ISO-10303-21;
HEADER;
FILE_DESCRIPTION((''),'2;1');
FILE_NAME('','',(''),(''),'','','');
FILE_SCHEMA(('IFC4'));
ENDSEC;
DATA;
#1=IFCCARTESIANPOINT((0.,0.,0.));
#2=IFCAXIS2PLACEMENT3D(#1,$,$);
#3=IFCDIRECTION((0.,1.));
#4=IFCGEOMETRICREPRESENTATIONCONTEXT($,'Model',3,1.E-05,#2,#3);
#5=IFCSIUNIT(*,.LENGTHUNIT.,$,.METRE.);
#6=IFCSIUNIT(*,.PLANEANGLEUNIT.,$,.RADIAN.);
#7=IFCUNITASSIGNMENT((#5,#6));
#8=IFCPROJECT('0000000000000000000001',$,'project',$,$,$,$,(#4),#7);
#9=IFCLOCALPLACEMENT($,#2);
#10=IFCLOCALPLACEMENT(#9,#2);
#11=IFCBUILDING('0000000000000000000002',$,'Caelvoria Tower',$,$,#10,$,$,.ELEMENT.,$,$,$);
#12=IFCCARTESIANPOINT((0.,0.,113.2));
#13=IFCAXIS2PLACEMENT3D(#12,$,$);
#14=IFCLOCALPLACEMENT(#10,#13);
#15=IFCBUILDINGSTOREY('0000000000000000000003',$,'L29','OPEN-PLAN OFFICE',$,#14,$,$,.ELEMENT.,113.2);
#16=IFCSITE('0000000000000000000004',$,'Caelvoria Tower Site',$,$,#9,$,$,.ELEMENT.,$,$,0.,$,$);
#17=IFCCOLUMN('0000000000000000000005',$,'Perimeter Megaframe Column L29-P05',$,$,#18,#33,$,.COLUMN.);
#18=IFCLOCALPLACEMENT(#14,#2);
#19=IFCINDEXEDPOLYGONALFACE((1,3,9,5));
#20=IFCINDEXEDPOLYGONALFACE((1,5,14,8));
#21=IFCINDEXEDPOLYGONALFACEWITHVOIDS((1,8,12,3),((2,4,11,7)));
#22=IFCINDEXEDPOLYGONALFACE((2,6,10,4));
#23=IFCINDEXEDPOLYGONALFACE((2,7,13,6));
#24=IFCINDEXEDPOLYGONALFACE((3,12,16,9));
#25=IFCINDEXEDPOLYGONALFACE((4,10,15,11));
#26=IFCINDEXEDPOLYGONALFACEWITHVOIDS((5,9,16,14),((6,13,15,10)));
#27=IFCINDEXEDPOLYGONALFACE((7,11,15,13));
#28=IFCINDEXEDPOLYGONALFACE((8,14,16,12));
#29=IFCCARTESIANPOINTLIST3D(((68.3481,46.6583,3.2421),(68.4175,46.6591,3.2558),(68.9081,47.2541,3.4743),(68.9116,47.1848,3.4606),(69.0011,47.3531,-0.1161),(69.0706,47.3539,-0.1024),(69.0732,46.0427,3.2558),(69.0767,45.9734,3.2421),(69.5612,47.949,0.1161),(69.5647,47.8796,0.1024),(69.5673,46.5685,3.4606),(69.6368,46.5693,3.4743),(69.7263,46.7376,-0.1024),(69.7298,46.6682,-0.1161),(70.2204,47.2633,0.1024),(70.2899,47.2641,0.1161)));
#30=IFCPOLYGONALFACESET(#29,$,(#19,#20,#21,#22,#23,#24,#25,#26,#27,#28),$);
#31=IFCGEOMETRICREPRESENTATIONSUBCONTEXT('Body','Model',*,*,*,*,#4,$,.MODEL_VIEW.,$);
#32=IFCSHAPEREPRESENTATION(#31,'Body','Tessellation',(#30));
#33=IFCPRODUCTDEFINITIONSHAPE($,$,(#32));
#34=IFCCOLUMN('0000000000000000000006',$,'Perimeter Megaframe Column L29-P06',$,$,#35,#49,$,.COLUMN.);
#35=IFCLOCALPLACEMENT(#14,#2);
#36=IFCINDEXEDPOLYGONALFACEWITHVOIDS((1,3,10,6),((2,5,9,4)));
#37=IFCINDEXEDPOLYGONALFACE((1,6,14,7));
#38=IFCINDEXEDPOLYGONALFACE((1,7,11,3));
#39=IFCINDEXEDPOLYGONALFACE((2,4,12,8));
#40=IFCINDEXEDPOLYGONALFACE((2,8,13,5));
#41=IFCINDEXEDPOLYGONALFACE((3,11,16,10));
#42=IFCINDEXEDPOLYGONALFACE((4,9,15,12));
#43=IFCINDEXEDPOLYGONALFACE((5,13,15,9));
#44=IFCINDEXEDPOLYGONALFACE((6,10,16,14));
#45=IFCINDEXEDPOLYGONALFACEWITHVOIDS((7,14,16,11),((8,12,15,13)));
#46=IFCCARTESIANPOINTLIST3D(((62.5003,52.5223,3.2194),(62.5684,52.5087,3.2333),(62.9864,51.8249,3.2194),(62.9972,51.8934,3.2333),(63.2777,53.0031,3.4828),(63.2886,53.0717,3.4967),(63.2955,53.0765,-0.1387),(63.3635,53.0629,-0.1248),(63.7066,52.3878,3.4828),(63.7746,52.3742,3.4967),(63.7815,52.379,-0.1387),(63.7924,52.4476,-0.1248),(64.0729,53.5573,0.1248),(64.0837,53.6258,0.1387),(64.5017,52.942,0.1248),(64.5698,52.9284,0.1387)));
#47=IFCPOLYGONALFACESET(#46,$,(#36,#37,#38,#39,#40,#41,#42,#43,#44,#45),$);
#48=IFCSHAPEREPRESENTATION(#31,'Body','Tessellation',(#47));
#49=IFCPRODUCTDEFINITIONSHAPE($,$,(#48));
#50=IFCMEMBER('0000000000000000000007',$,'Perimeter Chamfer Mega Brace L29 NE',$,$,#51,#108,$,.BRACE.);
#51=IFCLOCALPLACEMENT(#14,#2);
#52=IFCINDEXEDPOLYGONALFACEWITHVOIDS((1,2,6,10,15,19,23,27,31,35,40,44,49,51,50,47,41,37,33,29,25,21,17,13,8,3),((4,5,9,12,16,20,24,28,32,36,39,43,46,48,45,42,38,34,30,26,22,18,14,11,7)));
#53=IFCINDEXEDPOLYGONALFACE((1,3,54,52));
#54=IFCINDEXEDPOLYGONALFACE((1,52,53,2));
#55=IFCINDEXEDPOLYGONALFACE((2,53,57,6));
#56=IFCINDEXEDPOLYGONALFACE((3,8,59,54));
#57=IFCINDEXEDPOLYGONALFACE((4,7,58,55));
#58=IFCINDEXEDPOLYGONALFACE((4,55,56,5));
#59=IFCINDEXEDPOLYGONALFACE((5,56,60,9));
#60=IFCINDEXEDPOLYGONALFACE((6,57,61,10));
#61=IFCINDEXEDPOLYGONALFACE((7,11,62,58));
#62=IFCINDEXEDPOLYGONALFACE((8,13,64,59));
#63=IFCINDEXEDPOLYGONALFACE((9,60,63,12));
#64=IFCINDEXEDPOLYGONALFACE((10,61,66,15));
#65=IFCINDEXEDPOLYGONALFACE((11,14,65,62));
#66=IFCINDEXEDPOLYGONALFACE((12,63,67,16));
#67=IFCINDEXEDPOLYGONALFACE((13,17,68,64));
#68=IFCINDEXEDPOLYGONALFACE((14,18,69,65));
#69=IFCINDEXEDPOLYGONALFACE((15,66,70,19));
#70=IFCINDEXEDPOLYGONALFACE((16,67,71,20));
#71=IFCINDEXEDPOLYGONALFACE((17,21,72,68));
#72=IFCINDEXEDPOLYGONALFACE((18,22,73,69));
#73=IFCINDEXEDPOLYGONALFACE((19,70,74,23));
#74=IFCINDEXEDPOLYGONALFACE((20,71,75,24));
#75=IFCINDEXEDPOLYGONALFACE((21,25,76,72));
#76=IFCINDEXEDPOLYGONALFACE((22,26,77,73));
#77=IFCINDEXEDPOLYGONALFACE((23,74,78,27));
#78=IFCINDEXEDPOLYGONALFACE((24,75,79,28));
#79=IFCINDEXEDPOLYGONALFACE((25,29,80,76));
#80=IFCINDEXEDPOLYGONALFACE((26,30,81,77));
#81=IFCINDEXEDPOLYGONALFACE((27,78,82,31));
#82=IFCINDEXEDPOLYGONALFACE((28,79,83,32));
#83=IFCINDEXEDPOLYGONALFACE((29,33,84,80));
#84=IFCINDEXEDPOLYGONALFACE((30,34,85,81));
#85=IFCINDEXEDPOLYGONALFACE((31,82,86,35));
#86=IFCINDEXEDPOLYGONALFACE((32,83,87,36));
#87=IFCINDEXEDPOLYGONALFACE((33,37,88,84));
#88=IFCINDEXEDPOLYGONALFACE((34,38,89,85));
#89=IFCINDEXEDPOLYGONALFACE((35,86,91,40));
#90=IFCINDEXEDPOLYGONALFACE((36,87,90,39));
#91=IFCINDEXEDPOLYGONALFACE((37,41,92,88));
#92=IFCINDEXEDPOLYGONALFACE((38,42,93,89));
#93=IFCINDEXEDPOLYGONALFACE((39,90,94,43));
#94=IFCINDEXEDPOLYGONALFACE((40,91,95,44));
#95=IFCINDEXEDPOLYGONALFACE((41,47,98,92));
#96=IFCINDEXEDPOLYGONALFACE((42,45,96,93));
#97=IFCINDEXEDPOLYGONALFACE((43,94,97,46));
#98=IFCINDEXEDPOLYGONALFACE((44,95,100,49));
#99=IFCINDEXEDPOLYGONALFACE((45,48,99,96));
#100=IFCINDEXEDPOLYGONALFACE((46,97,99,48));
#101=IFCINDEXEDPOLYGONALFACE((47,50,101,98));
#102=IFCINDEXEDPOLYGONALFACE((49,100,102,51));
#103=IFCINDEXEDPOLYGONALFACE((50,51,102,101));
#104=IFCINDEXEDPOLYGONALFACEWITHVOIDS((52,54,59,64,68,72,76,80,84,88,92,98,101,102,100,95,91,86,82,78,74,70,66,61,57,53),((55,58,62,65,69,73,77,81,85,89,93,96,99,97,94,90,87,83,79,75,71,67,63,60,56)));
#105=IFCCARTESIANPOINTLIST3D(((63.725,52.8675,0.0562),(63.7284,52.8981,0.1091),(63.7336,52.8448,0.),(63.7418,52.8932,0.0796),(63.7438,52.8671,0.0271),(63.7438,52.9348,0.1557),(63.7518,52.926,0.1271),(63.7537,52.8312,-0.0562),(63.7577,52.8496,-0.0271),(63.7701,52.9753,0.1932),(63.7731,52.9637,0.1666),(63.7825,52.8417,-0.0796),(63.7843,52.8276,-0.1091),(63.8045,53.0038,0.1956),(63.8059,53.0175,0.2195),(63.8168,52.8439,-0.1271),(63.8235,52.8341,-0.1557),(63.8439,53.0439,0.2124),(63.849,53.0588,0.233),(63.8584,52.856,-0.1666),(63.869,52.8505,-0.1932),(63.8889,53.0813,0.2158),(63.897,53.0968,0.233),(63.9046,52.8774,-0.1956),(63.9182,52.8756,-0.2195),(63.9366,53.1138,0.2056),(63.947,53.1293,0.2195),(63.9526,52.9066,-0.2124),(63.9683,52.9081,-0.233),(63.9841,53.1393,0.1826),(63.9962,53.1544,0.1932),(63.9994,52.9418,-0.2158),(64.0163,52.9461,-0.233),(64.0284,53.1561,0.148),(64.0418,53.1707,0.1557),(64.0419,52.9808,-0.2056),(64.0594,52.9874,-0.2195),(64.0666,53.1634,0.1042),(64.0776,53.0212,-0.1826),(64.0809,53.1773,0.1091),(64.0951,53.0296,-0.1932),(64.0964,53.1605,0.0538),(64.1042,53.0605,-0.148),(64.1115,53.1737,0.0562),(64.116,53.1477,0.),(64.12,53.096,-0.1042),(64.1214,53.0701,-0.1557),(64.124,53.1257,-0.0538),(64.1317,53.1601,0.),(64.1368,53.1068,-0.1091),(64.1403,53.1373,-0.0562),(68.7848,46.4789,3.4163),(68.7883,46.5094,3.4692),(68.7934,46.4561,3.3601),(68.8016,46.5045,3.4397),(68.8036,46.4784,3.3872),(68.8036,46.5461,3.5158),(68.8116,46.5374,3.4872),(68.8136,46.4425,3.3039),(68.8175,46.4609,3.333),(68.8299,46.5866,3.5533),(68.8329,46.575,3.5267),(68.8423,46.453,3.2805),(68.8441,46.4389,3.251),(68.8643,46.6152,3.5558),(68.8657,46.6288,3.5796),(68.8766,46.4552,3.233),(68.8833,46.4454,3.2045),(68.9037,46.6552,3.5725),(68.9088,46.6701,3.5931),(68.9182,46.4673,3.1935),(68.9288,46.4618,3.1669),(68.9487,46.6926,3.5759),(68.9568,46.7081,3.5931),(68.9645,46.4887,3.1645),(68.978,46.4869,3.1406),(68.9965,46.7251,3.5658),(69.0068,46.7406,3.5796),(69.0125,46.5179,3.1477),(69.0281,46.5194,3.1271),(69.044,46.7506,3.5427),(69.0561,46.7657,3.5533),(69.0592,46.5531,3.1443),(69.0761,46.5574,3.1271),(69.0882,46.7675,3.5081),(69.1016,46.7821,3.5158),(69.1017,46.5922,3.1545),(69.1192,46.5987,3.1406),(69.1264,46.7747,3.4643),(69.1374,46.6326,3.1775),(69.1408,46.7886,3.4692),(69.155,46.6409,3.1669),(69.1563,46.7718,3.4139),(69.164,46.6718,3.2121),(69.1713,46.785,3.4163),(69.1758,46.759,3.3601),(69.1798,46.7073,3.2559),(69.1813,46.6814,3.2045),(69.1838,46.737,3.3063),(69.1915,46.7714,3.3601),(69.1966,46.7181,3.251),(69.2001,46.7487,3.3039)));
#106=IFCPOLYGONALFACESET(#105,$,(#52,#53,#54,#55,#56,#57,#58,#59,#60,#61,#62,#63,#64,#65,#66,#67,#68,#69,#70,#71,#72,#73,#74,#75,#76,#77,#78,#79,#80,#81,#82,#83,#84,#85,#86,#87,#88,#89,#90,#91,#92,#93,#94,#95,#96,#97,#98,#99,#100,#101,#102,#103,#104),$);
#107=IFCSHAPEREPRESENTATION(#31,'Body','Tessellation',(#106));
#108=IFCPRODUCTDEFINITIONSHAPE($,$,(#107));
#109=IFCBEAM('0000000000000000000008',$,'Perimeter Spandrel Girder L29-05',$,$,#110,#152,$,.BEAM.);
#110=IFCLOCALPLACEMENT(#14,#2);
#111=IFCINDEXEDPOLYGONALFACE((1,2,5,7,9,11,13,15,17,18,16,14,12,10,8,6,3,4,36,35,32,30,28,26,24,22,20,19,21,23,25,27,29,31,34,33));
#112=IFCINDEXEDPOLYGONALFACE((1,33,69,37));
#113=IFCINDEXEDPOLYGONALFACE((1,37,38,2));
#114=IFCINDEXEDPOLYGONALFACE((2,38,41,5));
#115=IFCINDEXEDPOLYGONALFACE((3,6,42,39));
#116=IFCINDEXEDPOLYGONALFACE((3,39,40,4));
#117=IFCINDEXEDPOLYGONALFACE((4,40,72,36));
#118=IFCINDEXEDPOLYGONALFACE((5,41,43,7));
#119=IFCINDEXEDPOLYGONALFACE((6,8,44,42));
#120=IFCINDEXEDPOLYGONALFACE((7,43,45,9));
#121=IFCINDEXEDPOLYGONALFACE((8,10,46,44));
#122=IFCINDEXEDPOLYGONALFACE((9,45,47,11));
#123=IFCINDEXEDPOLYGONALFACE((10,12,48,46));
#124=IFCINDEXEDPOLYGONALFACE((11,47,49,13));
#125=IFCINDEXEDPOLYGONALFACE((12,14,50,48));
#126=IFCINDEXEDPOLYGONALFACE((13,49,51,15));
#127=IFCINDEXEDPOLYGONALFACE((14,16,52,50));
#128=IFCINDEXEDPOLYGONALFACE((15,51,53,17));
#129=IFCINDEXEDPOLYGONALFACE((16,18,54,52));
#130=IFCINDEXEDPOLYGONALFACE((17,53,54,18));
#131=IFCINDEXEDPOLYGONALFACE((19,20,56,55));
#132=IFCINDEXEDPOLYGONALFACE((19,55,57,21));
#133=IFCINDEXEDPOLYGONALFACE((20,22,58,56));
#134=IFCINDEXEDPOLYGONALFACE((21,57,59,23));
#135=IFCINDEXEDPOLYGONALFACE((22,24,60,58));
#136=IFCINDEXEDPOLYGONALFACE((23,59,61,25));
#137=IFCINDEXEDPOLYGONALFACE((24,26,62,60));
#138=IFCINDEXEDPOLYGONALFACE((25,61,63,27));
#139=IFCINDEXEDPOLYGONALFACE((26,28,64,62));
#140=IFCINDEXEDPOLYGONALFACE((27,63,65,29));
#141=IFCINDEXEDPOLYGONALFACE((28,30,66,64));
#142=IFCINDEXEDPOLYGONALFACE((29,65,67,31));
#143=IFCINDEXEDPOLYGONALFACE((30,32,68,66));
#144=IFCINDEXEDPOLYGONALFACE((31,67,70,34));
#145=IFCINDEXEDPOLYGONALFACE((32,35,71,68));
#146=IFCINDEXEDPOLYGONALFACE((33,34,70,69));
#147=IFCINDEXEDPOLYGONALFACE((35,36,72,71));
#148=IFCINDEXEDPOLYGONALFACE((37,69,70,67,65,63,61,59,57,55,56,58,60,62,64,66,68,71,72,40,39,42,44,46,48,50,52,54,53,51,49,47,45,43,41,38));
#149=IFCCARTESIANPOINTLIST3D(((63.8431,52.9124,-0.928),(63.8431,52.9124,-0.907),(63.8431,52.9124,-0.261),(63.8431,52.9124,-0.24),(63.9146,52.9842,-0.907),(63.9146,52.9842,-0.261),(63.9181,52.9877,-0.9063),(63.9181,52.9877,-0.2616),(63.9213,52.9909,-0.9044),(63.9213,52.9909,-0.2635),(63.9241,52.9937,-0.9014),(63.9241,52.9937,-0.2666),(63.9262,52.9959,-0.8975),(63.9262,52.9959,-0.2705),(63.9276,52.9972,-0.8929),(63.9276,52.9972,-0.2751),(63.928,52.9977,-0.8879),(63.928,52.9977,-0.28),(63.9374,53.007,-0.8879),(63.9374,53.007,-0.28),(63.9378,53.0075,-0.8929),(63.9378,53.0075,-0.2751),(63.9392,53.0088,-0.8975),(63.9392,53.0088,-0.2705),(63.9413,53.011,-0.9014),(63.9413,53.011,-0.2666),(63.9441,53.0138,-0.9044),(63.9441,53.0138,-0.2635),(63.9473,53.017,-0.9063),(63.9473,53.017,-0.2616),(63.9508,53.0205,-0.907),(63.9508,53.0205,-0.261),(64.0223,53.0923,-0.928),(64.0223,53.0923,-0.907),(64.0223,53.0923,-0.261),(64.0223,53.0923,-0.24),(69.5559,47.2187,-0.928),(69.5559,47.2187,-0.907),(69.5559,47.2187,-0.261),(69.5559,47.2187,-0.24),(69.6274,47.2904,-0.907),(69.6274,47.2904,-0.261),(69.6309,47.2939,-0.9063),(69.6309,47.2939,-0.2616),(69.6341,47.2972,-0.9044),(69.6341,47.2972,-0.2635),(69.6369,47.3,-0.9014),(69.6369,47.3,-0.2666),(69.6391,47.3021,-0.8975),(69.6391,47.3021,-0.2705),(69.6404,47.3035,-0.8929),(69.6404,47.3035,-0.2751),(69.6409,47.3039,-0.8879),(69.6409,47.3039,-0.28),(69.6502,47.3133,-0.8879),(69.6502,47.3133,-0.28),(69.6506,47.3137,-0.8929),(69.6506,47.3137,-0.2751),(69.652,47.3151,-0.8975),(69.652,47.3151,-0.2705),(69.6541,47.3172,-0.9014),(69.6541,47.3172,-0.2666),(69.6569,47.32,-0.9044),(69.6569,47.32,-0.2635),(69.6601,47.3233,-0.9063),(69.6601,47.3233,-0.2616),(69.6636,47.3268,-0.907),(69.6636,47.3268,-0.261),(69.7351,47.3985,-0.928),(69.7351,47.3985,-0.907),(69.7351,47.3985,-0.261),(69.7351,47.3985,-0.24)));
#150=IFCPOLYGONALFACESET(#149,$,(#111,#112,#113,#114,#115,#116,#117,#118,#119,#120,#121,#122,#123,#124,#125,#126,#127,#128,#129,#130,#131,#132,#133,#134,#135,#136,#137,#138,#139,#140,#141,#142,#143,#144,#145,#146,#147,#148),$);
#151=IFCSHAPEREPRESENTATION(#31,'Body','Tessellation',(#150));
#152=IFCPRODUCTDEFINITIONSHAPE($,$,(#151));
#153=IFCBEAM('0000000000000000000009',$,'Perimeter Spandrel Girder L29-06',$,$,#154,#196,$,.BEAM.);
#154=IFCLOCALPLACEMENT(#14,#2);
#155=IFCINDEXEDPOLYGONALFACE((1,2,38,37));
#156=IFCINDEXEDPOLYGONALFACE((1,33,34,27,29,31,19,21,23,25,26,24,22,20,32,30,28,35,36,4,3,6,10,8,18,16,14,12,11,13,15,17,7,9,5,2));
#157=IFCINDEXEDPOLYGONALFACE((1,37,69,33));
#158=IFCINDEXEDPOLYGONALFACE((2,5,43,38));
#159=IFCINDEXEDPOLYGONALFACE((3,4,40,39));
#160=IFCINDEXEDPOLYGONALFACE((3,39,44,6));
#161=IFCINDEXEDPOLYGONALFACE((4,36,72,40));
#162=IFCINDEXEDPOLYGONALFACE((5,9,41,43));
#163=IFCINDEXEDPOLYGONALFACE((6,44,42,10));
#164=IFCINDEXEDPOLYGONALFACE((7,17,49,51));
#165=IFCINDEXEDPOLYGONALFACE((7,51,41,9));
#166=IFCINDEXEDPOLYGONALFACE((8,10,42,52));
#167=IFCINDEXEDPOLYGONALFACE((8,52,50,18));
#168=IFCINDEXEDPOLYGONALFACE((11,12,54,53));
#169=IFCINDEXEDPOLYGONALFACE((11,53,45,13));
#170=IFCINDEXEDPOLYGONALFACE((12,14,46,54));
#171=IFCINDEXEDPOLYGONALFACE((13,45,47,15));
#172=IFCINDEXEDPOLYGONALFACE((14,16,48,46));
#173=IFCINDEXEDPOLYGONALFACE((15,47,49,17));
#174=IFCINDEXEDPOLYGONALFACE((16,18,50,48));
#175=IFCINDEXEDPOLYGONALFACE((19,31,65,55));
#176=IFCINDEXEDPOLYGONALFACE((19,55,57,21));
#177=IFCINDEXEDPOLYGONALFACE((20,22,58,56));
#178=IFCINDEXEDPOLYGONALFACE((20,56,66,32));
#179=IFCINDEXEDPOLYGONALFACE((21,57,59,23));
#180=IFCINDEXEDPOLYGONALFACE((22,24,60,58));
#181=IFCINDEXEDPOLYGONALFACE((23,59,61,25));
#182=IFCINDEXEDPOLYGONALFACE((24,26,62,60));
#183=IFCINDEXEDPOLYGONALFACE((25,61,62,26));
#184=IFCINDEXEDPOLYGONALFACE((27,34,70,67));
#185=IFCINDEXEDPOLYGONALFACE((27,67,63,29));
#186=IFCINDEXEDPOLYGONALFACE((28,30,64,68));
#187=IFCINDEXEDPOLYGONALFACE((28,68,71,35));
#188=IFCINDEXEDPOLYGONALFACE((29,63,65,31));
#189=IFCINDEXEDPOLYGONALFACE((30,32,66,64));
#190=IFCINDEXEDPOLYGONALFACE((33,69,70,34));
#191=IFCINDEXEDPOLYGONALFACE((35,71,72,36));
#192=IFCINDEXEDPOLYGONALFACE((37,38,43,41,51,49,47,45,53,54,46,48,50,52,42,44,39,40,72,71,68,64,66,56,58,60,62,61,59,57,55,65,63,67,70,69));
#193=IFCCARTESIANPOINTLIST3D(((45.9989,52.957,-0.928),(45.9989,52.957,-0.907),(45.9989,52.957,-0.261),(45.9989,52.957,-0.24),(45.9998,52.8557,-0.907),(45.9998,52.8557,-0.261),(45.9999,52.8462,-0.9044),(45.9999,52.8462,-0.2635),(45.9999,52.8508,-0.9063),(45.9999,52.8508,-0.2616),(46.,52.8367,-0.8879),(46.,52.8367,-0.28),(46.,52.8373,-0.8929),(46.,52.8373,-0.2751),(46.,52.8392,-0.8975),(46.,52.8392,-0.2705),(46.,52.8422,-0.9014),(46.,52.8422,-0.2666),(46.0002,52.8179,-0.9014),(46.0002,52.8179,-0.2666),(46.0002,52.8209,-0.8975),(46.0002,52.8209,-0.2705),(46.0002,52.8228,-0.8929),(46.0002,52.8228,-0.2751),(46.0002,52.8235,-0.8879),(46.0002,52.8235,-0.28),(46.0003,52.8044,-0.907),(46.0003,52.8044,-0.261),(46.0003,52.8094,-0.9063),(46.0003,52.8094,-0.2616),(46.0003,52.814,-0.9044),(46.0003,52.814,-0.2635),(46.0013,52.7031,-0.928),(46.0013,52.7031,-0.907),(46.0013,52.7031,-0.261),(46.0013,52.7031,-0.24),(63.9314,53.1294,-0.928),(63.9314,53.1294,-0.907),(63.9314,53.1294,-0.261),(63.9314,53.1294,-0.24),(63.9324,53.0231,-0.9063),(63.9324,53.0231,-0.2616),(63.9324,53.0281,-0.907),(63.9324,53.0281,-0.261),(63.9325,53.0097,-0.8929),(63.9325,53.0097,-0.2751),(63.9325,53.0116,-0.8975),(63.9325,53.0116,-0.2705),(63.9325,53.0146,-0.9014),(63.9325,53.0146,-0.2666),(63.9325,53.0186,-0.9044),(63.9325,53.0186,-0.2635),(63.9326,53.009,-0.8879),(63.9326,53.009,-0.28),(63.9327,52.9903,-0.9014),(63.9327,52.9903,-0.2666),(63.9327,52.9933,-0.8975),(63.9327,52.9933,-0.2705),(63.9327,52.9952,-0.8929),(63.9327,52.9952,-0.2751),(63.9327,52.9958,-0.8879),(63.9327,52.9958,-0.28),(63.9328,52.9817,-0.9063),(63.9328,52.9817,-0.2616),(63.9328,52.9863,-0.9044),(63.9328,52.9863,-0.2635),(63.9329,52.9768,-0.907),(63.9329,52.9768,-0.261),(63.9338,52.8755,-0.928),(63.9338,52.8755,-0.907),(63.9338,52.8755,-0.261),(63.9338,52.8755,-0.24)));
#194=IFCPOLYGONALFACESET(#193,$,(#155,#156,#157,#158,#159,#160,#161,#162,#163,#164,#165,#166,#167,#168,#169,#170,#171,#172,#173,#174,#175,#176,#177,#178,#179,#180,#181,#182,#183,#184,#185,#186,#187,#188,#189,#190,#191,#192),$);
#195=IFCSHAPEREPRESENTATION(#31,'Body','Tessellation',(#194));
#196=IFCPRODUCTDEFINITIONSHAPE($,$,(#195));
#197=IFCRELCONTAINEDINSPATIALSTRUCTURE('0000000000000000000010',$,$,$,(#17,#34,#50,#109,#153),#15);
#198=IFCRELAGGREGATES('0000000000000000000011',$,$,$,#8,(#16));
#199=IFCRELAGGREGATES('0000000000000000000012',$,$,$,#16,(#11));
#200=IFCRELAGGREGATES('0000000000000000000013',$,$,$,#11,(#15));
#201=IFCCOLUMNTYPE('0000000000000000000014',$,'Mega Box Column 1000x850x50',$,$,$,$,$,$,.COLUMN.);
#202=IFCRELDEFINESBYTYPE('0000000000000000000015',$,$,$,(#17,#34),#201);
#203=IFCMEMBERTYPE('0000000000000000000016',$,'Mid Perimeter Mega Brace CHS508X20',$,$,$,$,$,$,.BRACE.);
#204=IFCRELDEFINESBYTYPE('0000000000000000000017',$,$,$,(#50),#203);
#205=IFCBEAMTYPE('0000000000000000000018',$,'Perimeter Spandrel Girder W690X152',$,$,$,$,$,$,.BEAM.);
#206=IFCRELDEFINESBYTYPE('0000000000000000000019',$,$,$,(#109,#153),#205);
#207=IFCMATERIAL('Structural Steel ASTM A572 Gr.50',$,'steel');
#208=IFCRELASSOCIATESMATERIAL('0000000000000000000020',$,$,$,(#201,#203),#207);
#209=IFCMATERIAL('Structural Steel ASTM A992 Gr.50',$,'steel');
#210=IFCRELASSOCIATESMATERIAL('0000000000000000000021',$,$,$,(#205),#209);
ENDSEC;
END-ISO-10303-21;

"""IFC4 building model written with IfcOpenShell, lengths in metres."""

from ifc_helpers import new_model, si_unit, direction, frame, origin, origin_2d, place, context, subcontext, project, spatial, hollow_rectangle, hollow_circle, i_section, extrude, material, material_profile, profile_set, type_object, element, save


model = new_model("IFC4")

# Units and contexts
model_context = context("Model", 3, precision=1e-05, world=origin(), true_north=direction((0.0, 1.0)))
body_context = subcontext(model_context, "Body", "Model", "MODEL_VIEW")
ifc_project = project(units=[si_unit("LENGTHUNIT", "METRE"), si_unit("PLANEANGLEUNIT", "RADIAN")], contexts=[model_context])

# Site, building, storey
site_placement = place(None, origin())
site = spatial("IfcSite", under=ifc_project, at=site_placement, Name="Caelvoria Tower Site", CompositionType="ELEMENT", RefElevation=0.0)
building_placement = place(site_placement, origin())
building = spatial("IfcBuilding", under=site, at=building_placement, Name="Caelvoria Tower", CompositionType="ELEMENT")
storey_placement = place(building_placement, frame((0.0, 0.0, 113.2)))
storey = spatial("IfcBuildingStorey", under=building, at=storey_placement, Name="L29", Description="OPEN-PLAN OFFICE", CompositionType="ELEMENT", Elevation=113.2)

# Columns
ifc_material_1 = material(Name="Structural Steel ASTM A572 Gr.50", Category="steel")
ifc_material_profile_1 = material_profile(ifc_material_1, hollow_rectangle(XDim=0.8501, YDim=1.0, WallThickness=0.05, at=origin_2d()), Name="Structural Steel ASTM A572 Gr.50")
ifc_profile_set_1 = profile_set([ifc_material_profile_1], Name="BOX1000X850X50 - Structural Steel ASTM A572 Gr.50")
column_type = type_object("IfcColumnType", Name="Mega Box Column 1000x850x50", PredefinedType="COLUMN", material=ifc_profile_set_1)
column_1_placement = place(storey_placement, frame((69.6455, 47.3086, 0.0), z_axis=(-0.187079, -0.199038, 0.96197), x_axis=(0.658831, 0.700947, 0.273157)))
element("IfcColumn", 1, at=column_1_placement, inside=storey, type_object=column_type, Name="Perimeter Megaframe Column L29-P05", PredefinedType="COLUMN", context=body_context, shape_type="SweptSolid", body=[
    extrude(hollow_rectangle(XDim=0.8501, YDim=1.0, WallThickness=0.05, at=origin_2d()), origin(), (0.0, 0.0, 1.0), 3.491),
])
column_2_placement = place(storey_placement, frame((63.9326, 53.0024, 0.0), z_axis=(-0.2275, -0.158559, 0.960782), x_axis=(0.571788, -0.820402, 0.0)))
element("IfcColumn", 2, at=column_2_placement, inside=storey, type_object=column_type, Name="Perimeter Megaframe Column L29-P06", PredefinedType="COLUMN", context=body_context, shape_type="SweptSolid", body=[
    extrude(hollow_rectangle(XDim=0.8501, YDim=1.0, WallThickness=0.05, at=origin_2d()), origin(), (0.0, 0.0, 1.0), 3.4951),
])

# Member
ifc_material_profile_2 = material_profile(ifc_material_1, hollow_circle(Radius=0.2539, WallThickness=0.02, at=origin_2d()), Name="Structural Steel ASTM A572 Gr.50")
ifc_profile_set_2 = profile_set([ifc_material_profile_2], Name="CHS508X20 - Structural Steel ASTM A572 Gr.50")
member_type = type_object("IfcMemberType", Name="Mid Perimeter Mega Brace CHS508X20", PredefinedType="BRACE", material=ifc_profile_set_2)
member_placement = place(storey_placement, frame((63.9326, 53.0024, 0.0), z_axis=(0.57399, -0.724736, 0.381173), x_axis=(0.783919, 0.620863, 0.0)))
element("IfcMember", 3, at=member_placement, inside=storey, type_object=member_type, Name="Perimeter Chamfer Mega Brace L29 NE", PredefinedType="BRACE", context=body_context, shape_type="SweptSolid", body=[
    extrude(hollow_circle(Radius=0.2539, WallThickness=0.02, at=origin_2d()), origin(), (0.0, 0.0, 1.0), 8.8152),
])

# Beams
ifc_material_2 = material(Name="Structural Steel ASTM A992 Gr.50", Category="steel")
ifc_material_profile_3 = material_profile(ifc_material_2, i_section(OverallWidth=0.2539, OverallDepth=0.688, WebThickness=0.0132, FlangeThickness=0.021, FilletRadius=0.019, at=origin_2d()), Name="Structural Steel ASTM A992 Gr.50")
ifc_profile_set_3 = profile_set([ifc_material_profile_3], Name="W690X152 - Structural Steel ASTM A992 Gr.50")
beam_type_1 = type_object("IfcBeamType", Name="Perimeter Spandrel Girder W690X152", PredefinedType="BEAM", material=ifc_profile_set_3)
beam_1_placement = place(storey_placement, frame((69.6455, 47.3086, -0.584), z_axis=(-0.708286, 0.705925, 0.0), x_axis=(-0.705925, -0.708286, 0.0)))
element("IfcBeam", 4, at=beam_1_placement, inside=storey, type_object=beam_type_1, Name="Perimeter Spandrel Girder L29-05", PredefinedType="BEAM", context=body_context, shape_type="SweptSolid", body=[
    extrude(i_section(OverallWidth=0.2539, OverallDepth=0.688, WebThickness=0.0132, FlangeThickness=0.021, FilletRadius=0.019, at=origin_2d()), origin(), (0.0, 0.0, 1.0), 8.0657),
])
beam_2_placement = place(storey_placement, frame((63.9326, 53.0024, -0.584), z_axis=(-0.999954, -0.009611, 0.0), x_axis=(0.009611, -0.999954, 0.0)))
element("IfcBeam", 5, at=beam_2_placement, inside=storey, type_object=beam_type_1, Name="Perimeter Spandrel Girder L29-06", PredefinedType="BEAM", context=body_context, shape_type="SweptSolid", body=[
    extrude(i_section(OverallWidth=0.2539, OverallDepth=0.688, WebThickness=0.0132, FlangeThickness=0.021, FilletRadius=0.019, at=origin_2d()), origin(), (0.0, 0.0, 1.0), 17.9333),
])

save(model, "model.ifc")
